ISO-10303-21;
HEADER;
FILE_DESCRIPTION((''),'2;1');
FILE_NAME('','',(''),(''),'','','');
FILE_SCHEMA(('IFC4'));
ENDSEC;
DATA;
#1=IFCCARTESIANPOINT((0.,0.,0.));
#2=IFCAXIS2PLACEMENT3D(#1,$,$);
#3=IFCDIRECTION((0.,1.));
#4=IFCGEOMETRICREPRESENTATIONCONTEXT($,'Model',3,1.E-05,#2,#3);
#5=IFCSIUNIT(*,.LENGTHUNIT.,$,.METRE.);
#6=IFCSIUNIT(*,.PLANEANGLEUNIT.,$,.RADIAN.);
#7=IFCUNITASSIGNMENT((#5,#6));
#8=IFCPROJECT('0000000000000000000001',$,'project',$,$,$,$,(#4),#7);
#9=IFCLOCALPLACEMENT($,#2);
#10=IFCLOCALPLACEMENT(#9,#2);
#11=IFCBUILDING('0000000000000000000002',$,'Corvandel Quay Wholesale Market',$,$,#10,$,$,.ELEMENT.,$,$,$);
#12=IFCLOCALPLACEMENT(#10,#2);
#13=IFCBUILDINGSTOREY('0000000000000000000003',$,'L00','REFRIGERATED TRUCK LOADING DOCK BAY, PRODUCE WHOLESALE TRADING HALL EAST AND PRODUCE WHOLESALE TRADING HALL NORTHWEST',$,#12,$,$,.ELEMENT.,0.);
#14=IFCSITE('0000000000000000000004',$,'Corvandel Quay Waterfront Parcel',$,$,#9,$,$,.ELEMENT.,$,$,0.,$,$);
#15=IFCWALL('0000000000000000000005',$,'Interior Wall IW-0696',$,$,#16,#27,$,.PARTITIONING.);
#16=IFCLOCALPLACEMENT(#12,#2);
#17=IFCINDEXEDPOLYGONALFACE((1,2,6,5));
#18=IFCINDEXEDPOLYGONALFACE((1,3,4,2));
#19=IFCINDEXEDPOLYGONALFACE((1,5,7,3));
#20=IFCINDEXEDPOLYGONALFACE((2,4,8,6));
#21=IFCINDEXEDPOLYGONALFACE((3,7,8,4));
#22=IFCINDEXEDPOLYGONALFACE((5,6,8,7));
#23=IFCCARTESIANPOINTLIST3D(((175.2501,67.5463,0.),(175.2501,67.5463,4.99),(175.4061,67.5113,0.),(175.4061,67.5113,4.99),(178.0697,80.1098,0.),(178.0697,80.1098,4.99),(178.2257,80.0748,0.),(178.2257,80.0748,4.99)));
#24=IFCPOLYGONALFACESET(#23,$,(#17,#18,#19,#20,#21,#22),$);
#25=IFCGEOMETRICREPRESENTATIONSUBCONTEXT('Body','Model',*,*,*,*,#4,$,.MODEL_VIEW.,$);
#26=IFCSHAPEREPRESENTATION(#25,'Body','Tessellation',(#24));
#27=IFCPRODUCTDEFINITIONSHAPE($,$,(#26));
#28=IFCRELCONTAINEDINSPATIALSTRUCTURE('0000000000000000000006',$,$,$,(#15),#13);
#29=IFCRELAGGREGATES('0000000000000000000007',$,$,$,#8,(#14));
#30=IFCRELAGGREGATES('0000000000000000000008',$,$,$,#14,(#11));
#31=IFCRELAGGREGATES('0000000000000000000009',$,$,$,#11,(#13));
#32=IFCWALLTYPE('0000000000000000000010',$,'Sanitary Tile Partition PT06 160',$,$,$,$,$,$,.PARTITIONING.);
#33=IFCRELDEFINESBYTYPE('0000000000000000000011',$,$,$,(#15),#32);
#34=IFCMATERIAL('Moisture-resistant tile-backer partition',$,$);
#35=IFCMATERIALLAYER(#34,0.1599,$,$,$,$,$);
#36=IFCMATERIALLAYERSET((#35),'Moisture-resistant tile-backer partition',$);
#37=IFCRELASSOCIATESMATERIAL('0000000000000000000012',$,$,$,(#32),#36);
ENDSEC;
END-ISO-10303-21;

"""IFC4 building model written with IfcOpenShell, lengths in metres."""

from ifc_helpers import new_model, si_unit, direction, frame, frame_2d, origin, place, context, subcontext, project, spatial, rectangle, extrude, material, layer, layer_set, type_object, element, save


model = new_model("IFC4")

# Units and contexts
model_context = context("Model", 3, precision=1e-05, world=origin(), true_north=direction((0.0, 1.0)))
body_context = subcontext(model_context, "Body", "Model", "MODEL_VIEW")
ifc_project = project(units=[si_unit("LENGTHUNIT", "METRE"), si_unit("PLANEANGLEUNIT", "RADIAN")], contexts=[model_context])

# Site, building, storey
site_placement = place(None, origin())
site = spatial("IfcSite", under=ifc_project, at=site_placement, Name="Corvandel Quay Waterfront Parcel", CompositionType="ELEMENT", RefElevation=0.0)
building_placement = place(site_placement, origin())
building = spatial("IfcBuilding", under=site, at=building_placement, Name="Corvandel Quay Wholesale Market", CompositionType="ELEMENT")
storey_placement = place(building_placement, origin())
storey = spatial("IfcBuildingStorey", under=building, at=storey_placement, Name="L00", Description="REFRIGERATED TRUCK LOADING DOCK BAY, PRODUCE WHOLESALE TRADING HALL EAST AND PRODUCE WHOLESALE TRADING HALL NORTHWEST", CompositionType="ELEMENT", Elevation=0.0)

# Wall
ifc_material_1 = material(Name="Moisture-resistant tile-backer partition")
ifc_layer_1 = layer(ifc_material_1, 0.1599)
ifc_layer_set_1 = layer_set([ifc_layer_1], Name="Moisture-resistant tile-backer partition")
wall_type = type_object("IfcWallType", Name="Sanitary Tile Partition PT06 160", PredefinedType="PARTITIONING", material=ifc_layer_set_1)
wall_placement = place(storey_placement, frame((175.3281, 67.5288, 0.0), z_axis=(0.0, 0.0, 1.0), x_axis=(0.21898, 0.975729, 0.0)))
element("IfcWall", 1, at=wall_placement, inside=storey, type_object=wall_type, Name="Interior Wall IW-0696", PredefinedType="PARTITIONING", context=body_context, shape_type="SweptSolid", body=[
    extrude(rectangle(XDim=12.876, YDim=0.1599, at=frame_2d((6.438, 0.0))), origin(), (0.0, 0.0, 1.0), 4.99),
])

save(model, "model.ifc")
